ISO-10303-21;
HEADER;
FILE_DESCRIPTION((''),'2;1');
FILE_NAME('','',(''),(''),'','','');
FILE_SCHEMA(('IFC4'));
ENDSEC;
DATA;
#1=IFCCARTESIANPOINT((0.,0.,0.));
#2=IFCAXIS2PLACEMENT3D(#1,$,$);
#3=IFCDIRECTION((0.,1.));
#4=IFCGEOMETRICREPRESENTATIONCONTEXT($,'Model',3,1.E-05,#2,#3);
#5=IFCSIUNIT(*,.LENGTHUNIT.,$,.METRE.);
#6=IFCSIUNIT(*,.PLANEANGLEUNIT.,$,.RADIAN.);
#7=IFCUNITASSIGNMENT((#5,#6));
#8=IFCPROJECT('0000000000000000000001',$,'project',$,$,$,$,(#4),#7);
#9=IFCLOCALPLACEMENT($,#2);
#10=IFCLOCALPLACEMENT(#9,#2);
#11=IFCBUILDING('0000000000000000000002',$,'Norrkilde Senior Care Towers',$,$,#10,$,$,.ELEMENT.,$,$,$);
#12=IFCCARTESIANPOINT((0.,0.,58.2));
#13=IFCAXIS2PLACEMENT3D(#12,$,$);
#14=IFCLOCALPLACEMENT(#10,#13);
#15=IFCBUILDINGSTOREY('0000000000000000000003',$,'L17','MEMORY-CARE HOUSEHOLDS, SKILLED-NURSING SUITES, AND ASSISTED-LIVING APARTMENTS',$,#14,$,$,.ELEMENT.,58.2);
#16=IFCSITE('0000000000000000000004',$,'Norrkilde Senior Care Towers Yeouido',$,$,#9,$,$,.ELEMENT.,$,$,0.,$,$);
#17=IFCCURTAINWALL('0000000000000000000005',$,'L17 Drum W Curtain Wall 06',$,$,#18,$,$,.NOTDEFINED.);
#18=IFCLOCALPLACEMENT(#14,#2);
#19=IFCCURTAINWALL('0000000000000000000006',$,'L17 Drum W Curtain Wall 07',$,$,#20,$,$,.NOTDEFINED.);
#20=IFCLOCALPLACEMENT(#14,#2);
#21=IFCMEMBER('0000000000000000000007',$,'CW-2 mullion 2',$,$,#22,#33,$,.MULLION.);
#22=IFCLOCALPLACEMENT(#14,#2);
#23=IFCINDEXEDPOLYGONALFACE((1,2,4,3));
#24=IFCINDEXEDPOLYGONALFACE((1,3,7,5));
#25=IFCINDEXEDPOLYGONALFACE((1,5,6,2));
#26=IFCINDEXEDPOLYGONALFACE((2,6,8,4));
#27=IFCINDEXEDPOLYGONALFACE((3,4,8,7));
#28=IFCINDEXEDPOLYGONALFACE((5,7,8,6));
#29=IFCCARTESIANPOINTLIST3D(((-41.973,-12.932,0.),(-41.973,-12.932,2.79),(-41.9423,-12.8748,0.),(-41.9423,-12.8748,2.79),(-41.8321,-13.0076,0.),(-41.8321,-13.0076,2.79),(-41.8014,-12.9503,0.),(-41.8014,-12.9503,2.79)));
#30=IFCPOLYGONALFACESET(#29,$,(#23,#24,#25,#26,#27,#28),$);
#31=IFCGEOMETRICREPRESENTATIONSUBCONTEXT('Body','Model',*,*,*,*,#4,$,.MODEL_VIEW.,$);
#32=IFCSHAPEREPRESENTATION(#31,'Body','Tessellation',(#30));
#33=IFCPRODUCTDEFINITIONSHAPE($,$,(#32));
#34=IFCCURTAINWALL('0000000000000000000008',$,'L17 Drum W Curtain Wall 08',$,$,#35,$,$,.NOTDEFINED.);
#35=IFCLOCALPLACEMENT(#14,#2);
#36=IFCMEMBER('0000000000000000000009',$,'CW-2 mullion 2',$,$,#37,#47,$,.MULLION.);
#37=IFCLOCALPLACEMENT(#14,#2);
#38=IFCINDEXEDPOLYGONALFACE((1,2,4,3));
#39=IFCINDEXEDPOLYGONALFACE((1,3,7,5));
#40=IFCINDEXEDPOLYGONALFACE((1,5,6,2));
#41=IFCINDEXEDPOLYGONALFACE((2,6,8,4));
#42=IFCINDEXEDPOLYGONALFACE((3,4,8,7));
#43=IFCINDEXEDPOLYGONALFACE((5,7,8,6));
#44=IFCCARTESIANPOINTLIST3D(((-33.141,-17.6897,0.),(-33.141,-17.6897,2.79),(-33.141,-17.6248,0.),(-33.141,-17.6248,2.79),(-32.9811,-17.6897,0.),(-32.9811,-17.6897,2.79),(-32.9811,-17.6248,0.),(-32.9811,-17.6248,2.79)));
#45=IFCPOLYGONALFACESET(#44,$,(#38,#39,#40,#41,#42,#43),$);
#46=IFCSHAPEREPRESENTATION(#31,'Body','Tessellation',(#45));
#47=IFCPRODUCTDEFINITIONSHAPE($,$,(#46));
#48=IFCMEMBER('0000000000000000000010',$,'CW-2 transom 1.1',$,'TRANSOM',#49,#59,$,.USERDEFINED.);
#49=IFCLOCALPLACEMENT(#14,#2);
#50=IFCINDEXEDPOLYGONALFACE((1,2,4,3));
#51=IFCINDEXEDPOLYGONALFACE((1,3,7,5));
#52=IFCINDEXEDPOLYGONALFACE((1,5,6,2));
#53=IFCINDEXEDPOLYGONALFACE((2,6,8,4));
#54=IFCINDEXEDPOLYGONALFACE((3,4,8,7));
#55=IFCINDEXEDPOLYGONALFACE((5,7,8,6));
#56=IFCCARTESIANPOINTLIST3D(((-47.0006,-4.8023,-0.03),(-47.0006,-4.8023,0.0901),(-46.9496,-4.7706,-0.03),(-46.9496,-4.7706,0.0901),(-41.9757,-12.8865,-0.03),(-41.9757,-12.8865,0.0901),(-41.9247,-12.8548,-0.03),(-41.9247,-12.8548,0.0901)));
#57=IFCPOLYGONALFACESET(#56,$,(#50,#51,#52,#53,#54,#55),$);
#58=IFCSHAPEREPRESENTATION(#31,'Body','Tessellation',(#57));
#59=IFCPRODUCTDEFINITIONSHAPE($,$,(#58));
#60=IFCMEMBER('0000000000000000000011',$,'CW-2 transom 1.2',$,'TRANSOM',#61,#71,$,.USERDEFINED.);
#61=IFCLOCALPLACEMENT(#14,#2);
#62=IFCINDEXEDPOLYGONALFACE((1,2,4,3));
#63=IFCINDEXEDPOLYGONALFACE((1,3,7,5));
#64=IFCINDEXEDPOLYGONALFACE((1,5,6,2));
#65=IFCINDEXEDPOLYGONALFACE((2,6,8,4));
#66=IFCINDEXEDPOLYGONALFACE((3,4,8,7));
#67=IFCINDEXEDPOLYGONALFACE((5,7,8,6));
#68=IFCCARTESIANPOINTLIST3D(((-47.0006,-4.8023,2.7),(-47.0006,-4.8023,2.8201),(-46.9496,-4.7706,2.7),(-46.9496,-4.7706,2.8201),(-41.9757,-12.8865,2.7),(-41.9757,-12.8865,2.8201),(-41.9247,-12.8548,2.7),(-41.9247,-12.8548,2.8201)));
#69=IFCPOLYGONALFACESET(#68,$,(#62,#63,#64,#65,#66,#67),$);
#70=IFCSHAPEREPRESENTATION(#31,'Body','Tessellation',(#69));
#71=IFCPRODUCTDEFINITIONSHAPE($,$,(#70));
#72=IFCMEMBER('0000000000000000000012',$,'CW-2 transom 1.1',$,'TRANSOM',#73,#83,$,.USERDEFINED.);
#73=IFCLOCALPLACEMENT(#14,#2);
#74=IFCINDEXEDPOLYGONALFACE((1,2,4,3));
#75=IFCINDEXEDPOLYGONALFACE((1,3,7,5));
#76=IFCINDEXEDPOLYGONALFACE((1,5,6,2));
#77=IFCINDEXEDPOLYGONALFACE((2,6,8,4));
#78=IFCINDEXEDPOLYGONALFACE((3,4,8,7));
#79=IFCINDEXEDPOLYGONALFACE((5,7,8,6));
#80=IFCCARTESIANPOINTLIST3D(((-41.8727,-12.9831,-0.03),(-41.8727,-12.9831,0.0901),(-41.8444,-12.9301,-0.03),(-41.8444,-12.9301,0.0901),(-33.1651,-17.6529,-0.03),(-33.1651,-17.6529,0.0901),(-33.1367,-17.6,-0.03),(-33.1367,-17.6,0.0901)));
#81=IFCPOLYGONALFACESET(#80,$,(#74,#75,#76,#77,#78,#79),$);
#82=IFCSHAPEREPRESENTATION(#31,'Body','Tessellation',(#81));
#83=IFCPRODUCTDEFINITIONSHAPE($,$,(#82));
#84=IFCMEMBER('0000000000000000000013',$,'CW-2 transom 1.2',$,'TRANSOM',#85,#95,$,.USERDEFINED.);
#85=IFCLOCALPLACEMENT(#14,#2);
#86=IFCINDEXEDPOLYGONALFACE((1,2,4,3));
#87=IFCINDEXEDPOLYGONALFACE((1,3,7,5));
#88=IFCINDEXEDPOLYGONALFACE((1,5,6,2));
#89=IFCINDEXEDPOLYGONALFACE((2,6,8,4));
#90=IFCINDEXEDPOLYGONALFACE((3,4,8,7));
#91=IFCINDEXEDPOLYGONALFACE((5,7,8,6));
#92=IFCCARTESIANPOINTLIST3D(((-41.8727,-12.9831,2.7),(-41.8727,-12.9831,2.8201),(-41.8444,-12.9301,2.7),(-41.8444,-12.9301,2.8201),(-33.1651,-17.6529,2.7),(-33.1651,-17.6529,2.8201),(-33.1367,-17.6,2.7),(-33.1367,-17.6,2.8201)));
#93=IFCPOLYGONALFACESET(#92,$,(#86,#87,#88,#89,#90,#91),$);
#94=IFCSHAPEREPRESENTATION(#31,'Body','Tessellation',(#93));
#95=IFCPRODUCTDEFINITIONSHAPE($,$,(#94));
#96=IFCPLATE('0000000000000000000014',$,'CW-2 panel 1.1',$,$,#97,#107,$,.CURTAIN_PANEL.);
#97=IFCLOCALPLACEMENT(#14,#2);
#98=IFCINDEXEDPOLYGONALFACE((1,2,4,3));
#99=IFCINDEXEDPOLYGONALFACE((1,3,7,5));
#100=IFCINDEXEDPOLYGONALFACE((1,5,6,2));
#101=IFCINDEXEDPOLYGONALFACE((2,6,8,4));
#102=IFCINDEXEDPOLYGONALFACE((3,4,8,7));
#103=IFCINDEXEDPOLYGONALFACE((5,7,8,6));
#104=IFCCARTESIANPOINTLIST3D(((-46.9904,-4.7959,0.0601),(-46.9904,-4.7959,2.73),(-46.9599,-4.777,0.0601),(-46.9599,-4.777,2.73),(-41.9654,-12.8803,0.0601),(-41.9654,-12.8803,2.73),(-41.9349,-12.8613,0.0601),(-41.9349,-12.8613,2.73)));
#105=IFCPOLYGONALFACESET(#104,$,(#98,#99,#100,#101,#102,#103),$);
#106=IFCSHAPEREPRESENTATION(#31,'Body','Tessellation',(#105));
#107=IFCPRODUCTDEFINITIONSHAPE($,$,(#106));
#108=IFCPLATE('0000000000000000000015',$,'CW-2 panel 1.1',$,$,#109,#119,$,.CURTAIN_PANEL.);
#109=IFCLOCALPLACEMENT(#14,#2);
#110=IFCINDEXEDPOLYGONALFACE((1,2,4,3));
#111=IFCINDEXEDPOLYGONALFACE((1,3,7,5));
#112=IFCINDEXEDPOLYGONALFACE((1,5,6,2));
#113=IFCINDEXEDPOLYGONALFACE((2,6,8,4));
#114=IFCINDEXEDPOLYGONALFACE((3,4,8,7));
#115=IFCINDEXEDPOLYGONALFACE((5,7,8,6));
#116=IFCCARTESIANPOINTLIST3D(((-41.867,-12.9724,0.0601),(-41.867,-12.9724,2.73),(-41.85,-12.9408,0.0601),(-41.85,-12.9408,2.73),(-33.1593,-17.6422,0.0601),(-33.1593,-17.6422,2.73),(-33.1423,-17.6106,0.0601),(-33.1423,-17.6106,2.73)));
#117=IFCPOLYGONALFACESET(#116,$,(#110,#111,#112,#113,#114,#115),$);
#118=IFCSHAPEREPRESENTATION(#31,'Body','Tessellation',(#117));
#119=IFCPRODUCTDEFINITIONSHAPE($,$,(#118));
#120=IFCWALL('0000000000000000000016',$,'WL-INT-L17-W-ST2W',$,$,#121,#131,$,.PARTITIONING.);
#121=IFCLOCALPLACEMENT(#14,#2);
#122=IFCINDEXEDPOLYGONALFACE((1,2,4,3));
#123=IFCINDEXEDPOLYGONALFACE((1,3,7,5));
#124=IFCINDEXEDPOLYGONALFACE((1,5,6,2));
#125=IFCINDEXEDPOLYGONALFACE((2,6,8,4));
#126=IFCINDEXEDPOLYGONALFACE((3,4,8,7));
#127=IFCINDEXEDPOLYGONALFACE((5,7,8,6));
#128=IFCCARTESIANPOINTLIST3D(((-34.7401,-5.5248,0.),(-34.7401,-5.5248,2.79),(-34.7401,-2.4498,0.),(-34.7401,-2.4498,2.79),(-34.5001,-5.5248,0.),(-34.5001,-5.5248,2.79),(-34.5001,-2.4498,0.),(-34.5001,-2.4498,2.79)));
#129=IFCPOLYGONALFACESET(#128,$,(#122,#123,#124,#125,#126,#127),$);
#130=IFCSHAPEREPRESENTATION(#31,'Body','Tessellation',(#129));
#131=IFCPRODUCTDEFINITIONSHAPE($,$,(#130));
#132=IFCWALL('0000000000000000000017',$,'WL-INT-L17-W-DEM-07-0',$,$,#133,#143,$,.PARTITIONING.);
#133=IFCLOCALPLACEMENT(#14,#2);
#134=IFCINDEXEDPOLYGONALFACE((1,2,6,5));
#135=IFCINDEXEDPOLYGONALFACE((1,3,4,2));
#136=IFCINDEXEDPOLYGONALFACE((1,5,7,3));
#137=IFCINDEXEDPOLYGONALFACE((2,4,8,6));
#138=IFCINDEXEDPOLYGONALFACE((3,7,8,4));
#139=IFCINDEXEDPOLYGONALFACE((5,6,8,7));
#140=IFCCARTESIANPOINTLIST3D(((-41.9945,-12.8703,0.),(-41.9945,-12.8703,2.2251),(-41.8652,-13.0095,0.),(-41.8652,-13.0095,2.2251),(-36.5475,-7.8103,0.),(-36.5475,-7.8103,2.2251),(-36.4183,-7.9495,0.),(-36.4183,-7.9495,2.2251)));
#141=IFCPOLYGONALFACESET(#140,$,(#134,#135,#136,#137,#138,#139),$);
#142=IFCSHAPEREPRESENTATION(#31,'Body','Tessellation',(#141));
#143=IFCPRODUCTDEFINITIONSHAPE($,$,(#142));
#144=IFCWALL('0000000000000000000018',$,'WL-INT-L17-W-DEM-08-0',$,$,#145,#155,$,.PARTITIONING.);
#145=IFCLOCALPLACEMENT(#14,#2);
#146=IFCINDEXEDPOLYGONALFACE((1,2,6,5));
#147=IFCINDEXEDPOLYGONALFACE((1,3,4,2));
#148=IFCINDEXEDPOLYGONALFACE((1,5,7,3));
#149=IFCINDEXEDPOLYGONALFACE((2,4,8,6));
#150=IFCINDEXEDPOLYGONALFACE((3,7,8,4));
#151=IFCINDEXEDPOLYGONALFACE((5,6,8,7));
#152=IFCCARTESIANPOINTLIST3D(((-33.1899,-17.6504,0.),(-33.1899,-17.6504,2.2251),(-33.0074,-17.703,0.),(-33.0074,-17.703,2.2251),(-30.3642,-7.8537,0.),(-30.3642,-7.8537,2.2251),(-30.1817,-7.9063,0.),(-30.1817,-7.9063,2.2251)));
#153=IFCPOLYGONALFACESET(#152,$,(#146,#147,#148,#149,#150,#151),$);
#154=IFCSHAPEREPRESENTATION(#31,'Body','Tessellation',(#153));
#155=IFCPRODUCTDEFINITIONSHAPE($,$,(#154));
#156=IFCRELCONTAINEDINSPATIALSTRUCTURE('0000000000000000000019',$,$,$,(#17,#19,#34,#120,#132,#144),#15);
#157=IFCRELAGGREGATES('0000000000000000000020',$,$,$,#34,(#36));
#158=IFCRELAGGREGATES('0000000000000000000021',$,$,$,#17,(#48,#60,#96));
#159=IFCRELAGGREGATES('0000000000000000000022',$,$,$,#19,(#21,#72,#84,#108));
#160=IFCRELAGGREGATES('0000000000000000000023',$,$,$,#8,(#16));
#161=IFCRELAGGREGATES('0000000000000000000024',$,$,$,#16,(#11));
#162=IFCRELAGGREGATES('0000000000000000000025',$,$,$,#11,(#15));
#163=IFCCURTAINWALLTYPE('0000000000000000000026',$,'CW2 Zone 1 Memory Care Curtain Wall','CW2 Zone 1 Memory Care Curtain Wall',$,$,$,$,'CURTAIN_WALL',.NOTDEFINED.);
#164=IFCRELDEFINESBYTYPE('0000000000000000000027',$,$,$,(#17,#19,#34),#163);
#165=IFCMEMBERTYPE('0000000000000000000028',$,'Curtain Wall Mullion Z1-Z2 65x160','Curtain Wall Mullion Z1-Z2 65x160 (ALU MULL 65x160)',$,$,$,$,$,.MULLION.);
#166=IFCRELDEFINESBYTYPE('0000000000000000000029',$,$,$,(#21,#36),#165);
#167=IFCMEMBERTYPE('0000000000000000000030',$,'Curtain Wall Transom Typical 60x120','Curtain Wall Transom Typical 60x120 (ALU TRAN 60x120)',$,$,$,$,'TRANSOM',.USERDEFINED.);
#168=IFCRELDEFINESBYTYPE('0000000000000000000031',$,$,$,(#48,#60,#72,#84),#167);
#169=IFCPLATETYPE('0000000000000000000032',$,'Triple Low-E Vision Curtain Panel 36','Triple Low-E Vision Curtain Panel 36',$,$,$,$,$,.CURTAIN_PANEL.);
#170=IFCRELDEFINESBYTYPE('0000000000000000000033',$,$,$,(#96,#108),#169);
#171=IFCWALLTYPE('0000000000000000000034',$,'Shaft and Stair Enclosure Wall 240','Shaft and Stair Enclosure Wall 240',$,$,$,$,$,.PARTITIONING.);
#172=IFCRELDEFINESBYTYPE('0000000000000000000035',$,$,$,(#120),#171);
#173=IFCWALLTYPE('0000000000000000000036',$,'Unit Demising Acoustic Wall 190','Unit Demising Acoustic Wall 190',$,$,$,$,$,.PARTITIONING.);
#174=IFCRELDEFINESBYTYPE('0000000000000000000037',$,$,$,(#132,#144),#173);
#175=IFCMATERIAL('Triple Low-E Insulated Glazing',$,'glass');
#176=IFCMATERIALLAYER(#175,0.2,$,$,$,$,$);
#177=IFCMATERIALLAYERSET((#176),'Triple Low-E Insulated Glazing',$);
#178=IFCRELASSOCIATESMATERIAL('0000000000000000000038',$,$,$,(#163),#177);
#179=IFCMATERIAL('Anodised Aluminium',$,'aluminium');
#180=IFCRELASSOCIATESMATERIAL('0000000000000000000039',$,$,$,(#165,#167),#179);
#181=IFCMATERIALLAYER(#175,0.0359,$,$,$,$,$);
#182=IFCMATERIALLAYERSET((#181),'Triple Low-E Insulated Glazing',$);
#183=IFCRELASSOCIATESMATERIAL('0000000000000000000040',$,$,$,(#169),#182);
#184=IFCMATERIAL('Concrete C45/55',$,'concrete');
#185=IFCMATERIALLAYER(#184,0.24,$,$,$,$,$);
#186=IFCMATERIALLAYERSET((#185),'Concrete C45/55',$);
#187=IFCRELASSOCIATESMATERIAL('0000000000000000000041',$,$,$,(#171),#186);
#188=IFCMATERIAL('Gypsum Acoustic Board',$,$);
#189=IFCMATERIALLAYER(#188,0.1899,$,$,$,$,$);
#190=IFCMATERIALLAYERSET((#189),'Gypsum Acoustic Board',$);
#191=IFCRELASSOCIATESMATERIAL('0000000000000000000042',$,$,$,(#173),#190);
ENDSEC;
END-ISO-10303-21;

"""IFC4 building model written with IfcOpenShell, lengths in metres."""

from ifc_helpers import new_model, si_unit, direction, frame, frame_2d, origin, origin_2d, place, context, subcontext, project, spatial, rectangle, extrude, source, transform, mapped, material, layer, layer_set, material_profile, profile_set, type_object, type_shapes, element, aggregate, save


model = new_model("IFC4")

# Units and contexts
model_context = context("Model", 3, precision=1e-05, world=origin(), true_north=direction((0.0, 1.0)))
body_context = subcontext(model_context, "Body", "Model", "MODEL_VIEW")
ifc_project = project(units=[si_unit("LENGTHUNIT", "METRE"), si_unit("PLANEANGLEUNIT", "RADIAN")], contexts=[model_context])

# Site, building, storey
site_placement = place(None, origin())
site = spatial("IfcSite", under=ifc_project, at=site_placement, Name="Norrkilde Senior Care Towers Yeouido", CompositionType="ELEMENT", RefElevation=0.0)
building_placement = place(site_placement, origin())
building = spatial("IfcBuilding", under=site, at=building_placement, Name="Norrkilde Senior Care Towers", CompositionType="ELEMENT")
storey_placement = place(building_placement, frame((0.0, 0.0, 58.2)))
storey = spatial("IfcBuildingStorey", under=building, at=storey_placement, Name="L17", Description="MEMORY-CARE HOUSEHOLDS, SKILLED-NURSING SUITES, AND ASSISTED-LIVING APARTMENTS", CompositionType="ELEMENT", Elevation=58.2)

# Curtain wall
ifc_material_1 = material(Name="Triple Low-E Insulated Glazing", Category="glass")
ifc_layer_1 = layer(ifc_material_1, 0.2)
ifc_layer_set_1 = layer_set([ifc_layer_1], Name="Triple Low-E Insulated Glazing")
curtain_wall_type = type_object("IfcCurtainWallType", Name="CW2 Zone 1 Memory Care Curtain Wall", Description="CW2 Zone 1 Memory Care Curtain Wall", ElementType="CURTAIN_WALL", PredefinedType="NOTDEFINED", material=ifc_layer_set_1)
curtain_wall_1_placement = place(storey_placement, origin())
curtain_wall_1 = element("IfcCurtainWall", 1, at=curtain_wall_1_placement, inside=storey, type_object=curtain_wall_type, Name="L17 Drum W Curtain Wall 06", PredefinedType="NOTDEFINED")
ifc_material_2 = material(Name="Anodised Aluminium", Category="aluminium")
ifc_material_profile_1 = material_profile(ifc_material_2, rectangle(XDim=0.0649, YDim=0.1599, at=origin_2d()), Name="ALU MULL 65x160")
ifc_profile_set_1 = profile_set([ifc_material_profile_1], Name="Anodised Aluminium")
member_type_1 = type_object("IfcMemberType", Name="Curtain Wall Mullion Z1-Z2 65x160", Description="Curtain Wall Mullion Z1-Z2 65x160 (ALU MULL 65x160)", PredefinedType="MULLION", material=ifc_profile_set_1)
shared_shape_1 = source(origin(), body_context, "Body", "SweptSolid", [
    extrude(rectangle(XDim=0.0649, YDim=0.1599, at=origin_2d()), origin(), (0.0, 0.0, 1.0), 2.79),
])
type_shapes(member_type_1, [shared_shape_1])

# Curtain wall, member
curtain_wall_2_placement = place(storey_placement, origin())
curtain_wall_2 = element("IfcCurtainWall", 2, at=curtain_wall_2_placement, inside=storey, type_object=curtain_wall_type, Name="L17 Drum W Curtain Wall 07", PredefinedType="NOTDEFINED")
member_1_placement = place(storey_placement, frame((-41.8872, -12.9412, 0.0), z_axis=(0.0, 0.0, 1.0), x_axis=(-0.472608, -0.881273, 0.0)))
member_1 = element("IfcMember", 3, at=member_1_placement, type_object=member_type_1, Name="CW-2 mullion 2", PredefinedType="MULLION", context=body_context, shape_type="MappedRepresentation", body=[
    mapped(shared_shape_1, transform((0.0, 0.0, 0.0), x_axis=(1.0, 0.0, 0.0), y_axis=(0.0, 1.0, 0.0), z_axis=(0.0, 0.0, 1.0), scale=1.0)),
])

# Curtain wall, member
curtain_wall_3_placement = place(storey_placement, origin())
curtain_wall_3 = element("IfcCurtainWall", 4, at=curtain_wall_3_placement, inside=storey, type_object=curtain_wall_type, Name="L17 Drum W Curtain Wall 08", PredefinedType="NOTDEFINED")
member_2_placement = place(storey_placement, frame((-33.061, -17.6572, 0.0), z_axis=(0.0, 0.0, 1.0), x_axis=(0.0, -1.0, 0.0)))
member_2 = element("IfcMember", 5, at=member_2_placement, type_object=member_type_1, Name="CW-2 mullion 2", PredefinedType="MULLION", context=body_context, shape_type="MappedRepresentation", body=[
    mapped(shared_shape_1, transform((0.0, 0.0, 0.0), x_axis=(1.0, 0.0, 0.0), y_axis=(0.0, 1.0, 0.0), z_axis=(0.0, 0.0, 1.0), scale=1.0)),
])
aggregate(curtain_wall_3, [member_2])

# Members
ifc_material_profile_2 = material_profile(ifc_material_2, rectangle(XDim=0.0601, YDim=0.1201, at=origin_2d()), Name="ALU TRAN 60x120")
ifc_profile_set_2 = profile_set([ifc_material_profile_2], Name="Anodised Aluminium")
member_type_2 = type_object("IfcMemberType", Name="Curtain Wall Transom Typical 60x120", Description="Curtain Wall Transom Typical 60x120 (ALU TRAN 60x120)", ElementType="TRANSOM", PredefinedType="USERDEFINED", material=ifc_profile_set_2)
shared_shape_2 = source(origin(), body_context, "Body", "SweptSolid", [
    extrude(rectangle(XDim=0.0601, YDim=0.1201, at=origin_2d()), origin(), (0.0, 0.0, 1.0), 9.5186),
])
member_3_placement = place(storey_placement, frame((-41.9502, -12.8706, 0.03), z_axis=(-0.527902, 0.849306, 0.0), x_axis=(-0.849306, -0.527902, 0.0)))
member_3 = element("IfcMember", 6, at=member_3_placement, type_object=member_type_2, Name="CW-2 transom 1.1", ObjectType="TRANSOM", PredefinedType="USERDEFINED", context=body_context, shape_type="MappedRepresentation", body=[
    mapped(shared_shape_2, transform((0.0, 0.0, 0.0), x_axis=(1.0, 0.0, 0.0), y_axis=(0.0, 1.0, 0.0), z_axis=(0.0, 0.0, 1.0), scale=1.0)),
])
member_4_placement = place(storey_placement, frame((-41.9502, -12.8706, 2.76), z_axis=(-0.527902, 0.849306, 0.0), x_axis=(-0.849306, -0.527902, 0.0)))
member_4 = element("IfcMember", 7, at=member_4_placement, type_object=member_type_2, Name="CW-2 transom 1.2", ObjectType="TRANSOM", PredefinedType="USERDEFINED", context=body_context, shape_type="MappedRepresentation", body=[
    mapped(shared_shape_2, transform((0.0, 0.0, 0.0), x_axis=(1.0, 0.0, 0.0), y_axis=(0.0, 1.0, 0.0), z_axis=(0.0, 0.0, 1.0), scale=1.0)),
])
shared_shape_3 = source(origin(), body_context, "Body", "SweptSolid", [
    extrude(rectangle(XDim=0.0601, YDim=0.1201, at=origin_2d()), origin(), (0.0, 0.0, 1.0), 9.8809),
])
type_shapes(member_type_2, [shared_shape_2, shared_shape_3])
member_5_placement = place(storey_placement, frame((-33.1509, -17.6265, 0.03), z_axis=(-0.881267, 0.472618, 0.0), x_axis=(-0.472618, -0.881267, 0.0)))
member_5 = element("IfcMember", 8, at=member_5_placement, type_object=member_type_2, Name="CW-2 transom 1.1", ObjectType="TRANSOM", PredefinedType="USERDEFINED", context=body_context, shape_type="MappedRepresentation", body=[
    mapped(shared_shape_3, transform((0.0, 0.0, 0.0), x_axis=(1.0, 0.0, 0.0), y_axis=(0.0, 1.0, 0.0), z_axis=(0.0, 0.0, 1.0), scale=1.0)),
])
member_6_placement = place(storey_placement, frame((-33.1509, -17.6265, 2.76), z_axis=(-0.881267, 0.472618, 0.0), x_axis=(-0.472618, -0.881267, 0.0)))
member_6 = element("IfcMember", 9, at=member_6_placement, type_object=member_type_2, Name="CW-2 transom 1.2", ObjectType="TRANSOM", PredefinedType="USERDEFINED", context=body_context, shape_type="MappedRepresentation", body=[
    mapped(shared_shape_3, transform((0.0, 0.0, 0.0), x_axis=(1.0, 0.0, 0.0), y_axis=(0.0, 1.0, 0.0), z_axis=(0.0, 0.0, 1.0), scale=1.0)),
])

# Plates
ifc_layer_2 = layer(ifc_material_1, 0.0359)
ifc_layer_set_2 = layer_set([ifc_layer_2], Name="Triple Low-E Insulated Glazing")
plate_type = type_object("IfcPlateType", Name="Triple Low-E Vision Curtain Panel 36", Description="Triple Low-E Vision Curtain Panel 36", PredefinedType="CURTAIN_PANEL", material=ifc_layer_set_2)
shared_shape_4 = source(origin(), body_context, "Body", "SweptSolid", [
    extrude(rectangle(XDim=9.5188, YDim=0.0359, at=origin_2d()), origin(), (0.0, 0.0, 1.0), 2.6699),
])
plate_1_placement = place(storey_placement, frame((-44.4626, -8.8286, 0.0601), z_axis=(0.0, 0.0, 1.0), x_axis=(-0.527901, 0.849306, 0.0)))
plate_1 = element("IfcPlate", 10, at=plate_1_placement, type_object=plate_type, Name="CW-2 panel 1.1", PredefinedType="CURTAIN_PANEL", context=body_context, shape_type="MappedRepresentation", body=[
    mapped(shared_shape_4, transform((0.0, 0.0, 0.0), x_axis=(1.0, 0.0, 0.0), y_axis=(0.0, 1.0, 0.0), z_axis=(0.0, 0.0, 1.0), scale=1.0)),
])
aggregate(curtain_wall_1, [member_3, member_4, plate_1])
shared_shape_5 = source(origin(), body_context, "Body", "SweptSolid", [
    extrude(rectangle(XDim=9.8809, YDim=0.0359, at=origin_2d()), origin(), (0.0, 0.0, 1.0), 2.6699),
])
type_shapes(plate_type, [shared_shape_4, shared_shape_5])
plate_2_placement = place(storey_placement, frame((-37.5046, -15.2915, 0.0601), z_axis=(0.0, 0.0, 1.0), x_axis=(-0.881273, 0.472608, 0.0)))
plate_2 = element("IfcPlate", 11, at=plate_2_placement, type_object=plate_type, Name="CW-2 panel 1.1", PredefinedType="CURTAIN_PANEL", context=body_context, shape_type="MappedRepresentation", body=[
    mapped(shared_shape_5, transform((0.0, 0.0, 0.0), x_axis=(1.0, 0.0, 0.0), y_axis=(0.0, 1.0, 0.0), z_axis=(0.0, 0.0, 1.0), scale=1.0)),
])
aggregate(curtain_wall_2, [member_1, member_5, member_6, plate_2])

# Wall
ifc_material_3 = material(Name="Concrete C45/55", Category="concrete")
ifc_layer_3 = layer(ifc_material_3, 0.24)
ifc_layer_set_3 = layer_set([ifc_layer_3], Name="Concrete C45/55")
wall_type_1 = type_object("IfcWallType", Name="Shaft and Stair Enclosure Wall 240", Description="Shaft and Stair Enclosure Wall 240", PredefinedType="PARTITIONING", material=ifc_layer_set_3)
shared_shape_6 = source(origin(), body_context, "Body", "SweptSolid", [
    extrude(rectangle(XDim=3.075, YDim=0.24, at=frame_2d((1.5376, 0.0))), origin(), (0.0, 0.0, 1.0), 2.79),
])
type_shapes(wall_type_1, [shared_shape_6])
wall_1_placement = place(storey_placement, frame((-34.6201, -5.5249, 0.0), z_axis=(0.0, 0.0, 1.0), x_axis=(0.0, 1.0, 0.0)))
element("IfcWall", 12, at=wall_1_placement, inside=storey, type_object=wall_type_1, Name="WL-INT-L17-W-ST2W", PredefinedType="PARTITIONING", context=body_context, shape_type="MappedRepresentation", body=[
    mapped(shared_shape_6, transform((0.0, 0.0, 0.0), x_axis=(1.0, 0.0, 0.0), y_axis=(0.0, 1.0, 0.0), z_axis=(0.0, 0.0, 1.0), scale=1.0)),
])

# Shared definitions
ifc_material_4 = material(Name="Gypsum Acoustic Board")

# Walls
ifc_layer_4 = layer(ifc_material_4, 0.1899)
ifc_layer_set_4 = layer_set([ifc_layer_4], Name="Gypsum Acoustic Board")
wall_type_2 = type_object("IfcWallType", Name="Unit Demising Acoustic Wall 190", Description="Unit Demising Acoustic Wall 190", PredefinedType="PARTITIONING", material=ifc_layer_set_4)
shared_shape_7 = source(origin(), body_context, "Body", "SweptSolid", [
    extrude(rectangle(XDim=7.4346, YDim=0.1899, at=frame_2d((3.7173, 0.0))), origin(), (0.0, 0.0, 1.0), 2.2251),
])
wall_2_placement = place(storey_placement, frame((-36.4829, -7.8799, 0.0), z_axis=(0.0, 0.0, 1.0), x_axis=(-0.732652, -0.680603, 0.0)))
element("IfcWall", 13, at=wall_2_placement, inside=storey, type_object=wall_type_2, Name="WL-INT-L17-W-DEM-07-0", PredefinedType="PARTITIONING", context=body_context, shape_type="MappedRepresentation", body=[
    mapped(shared_shape_7, transform((0.0, 0.0, 0.0), x_axis=(1.0, 0.0, 0.0), y_axis=(0.0, 1.0, 0.0), z_axis=(0.0, 0.0, 1.0), scale=1.0)),
])
shared_shape_8 = source(origin(), body_context, "Body", "SweptSolid", [
    extrude(rectangle(XDim=10.196, YDim=0.1899, at=frame_2d((5.0981, 0.0))), origin(), (0.0, 0.0, 1.0), 2.2251),
])
type_shapes(wall_type_2, [shared_shape_7, shared_shape_8])
wall_3_placement = place(storey_placement, frame((-30.2729, -7.8799, 0.0), z_axis=(0.0, 0.0, 1.0), x_axis=(-0.277136, -0.960831, 0.0)))
element("IfcWall", 14, at=wall_3_placement, inside=storey, type_object=wall_type_2, Name="WL-INT-L17-W-DEM-08-0", PredefinedType="PARTITIONING", context=body_context, shape_type="MappedRepresentation", body=[
    mapped(shared_shape_8, transform((0.0, 0.0, 0.0), x_axis=(1.0, 0.0, 0.0), y_axis=(0.0, 1.0, 0.0), z_axis=(0.0, 0.0, 1.0), scale=1.0)),
])

save(model, "model.ifc")
